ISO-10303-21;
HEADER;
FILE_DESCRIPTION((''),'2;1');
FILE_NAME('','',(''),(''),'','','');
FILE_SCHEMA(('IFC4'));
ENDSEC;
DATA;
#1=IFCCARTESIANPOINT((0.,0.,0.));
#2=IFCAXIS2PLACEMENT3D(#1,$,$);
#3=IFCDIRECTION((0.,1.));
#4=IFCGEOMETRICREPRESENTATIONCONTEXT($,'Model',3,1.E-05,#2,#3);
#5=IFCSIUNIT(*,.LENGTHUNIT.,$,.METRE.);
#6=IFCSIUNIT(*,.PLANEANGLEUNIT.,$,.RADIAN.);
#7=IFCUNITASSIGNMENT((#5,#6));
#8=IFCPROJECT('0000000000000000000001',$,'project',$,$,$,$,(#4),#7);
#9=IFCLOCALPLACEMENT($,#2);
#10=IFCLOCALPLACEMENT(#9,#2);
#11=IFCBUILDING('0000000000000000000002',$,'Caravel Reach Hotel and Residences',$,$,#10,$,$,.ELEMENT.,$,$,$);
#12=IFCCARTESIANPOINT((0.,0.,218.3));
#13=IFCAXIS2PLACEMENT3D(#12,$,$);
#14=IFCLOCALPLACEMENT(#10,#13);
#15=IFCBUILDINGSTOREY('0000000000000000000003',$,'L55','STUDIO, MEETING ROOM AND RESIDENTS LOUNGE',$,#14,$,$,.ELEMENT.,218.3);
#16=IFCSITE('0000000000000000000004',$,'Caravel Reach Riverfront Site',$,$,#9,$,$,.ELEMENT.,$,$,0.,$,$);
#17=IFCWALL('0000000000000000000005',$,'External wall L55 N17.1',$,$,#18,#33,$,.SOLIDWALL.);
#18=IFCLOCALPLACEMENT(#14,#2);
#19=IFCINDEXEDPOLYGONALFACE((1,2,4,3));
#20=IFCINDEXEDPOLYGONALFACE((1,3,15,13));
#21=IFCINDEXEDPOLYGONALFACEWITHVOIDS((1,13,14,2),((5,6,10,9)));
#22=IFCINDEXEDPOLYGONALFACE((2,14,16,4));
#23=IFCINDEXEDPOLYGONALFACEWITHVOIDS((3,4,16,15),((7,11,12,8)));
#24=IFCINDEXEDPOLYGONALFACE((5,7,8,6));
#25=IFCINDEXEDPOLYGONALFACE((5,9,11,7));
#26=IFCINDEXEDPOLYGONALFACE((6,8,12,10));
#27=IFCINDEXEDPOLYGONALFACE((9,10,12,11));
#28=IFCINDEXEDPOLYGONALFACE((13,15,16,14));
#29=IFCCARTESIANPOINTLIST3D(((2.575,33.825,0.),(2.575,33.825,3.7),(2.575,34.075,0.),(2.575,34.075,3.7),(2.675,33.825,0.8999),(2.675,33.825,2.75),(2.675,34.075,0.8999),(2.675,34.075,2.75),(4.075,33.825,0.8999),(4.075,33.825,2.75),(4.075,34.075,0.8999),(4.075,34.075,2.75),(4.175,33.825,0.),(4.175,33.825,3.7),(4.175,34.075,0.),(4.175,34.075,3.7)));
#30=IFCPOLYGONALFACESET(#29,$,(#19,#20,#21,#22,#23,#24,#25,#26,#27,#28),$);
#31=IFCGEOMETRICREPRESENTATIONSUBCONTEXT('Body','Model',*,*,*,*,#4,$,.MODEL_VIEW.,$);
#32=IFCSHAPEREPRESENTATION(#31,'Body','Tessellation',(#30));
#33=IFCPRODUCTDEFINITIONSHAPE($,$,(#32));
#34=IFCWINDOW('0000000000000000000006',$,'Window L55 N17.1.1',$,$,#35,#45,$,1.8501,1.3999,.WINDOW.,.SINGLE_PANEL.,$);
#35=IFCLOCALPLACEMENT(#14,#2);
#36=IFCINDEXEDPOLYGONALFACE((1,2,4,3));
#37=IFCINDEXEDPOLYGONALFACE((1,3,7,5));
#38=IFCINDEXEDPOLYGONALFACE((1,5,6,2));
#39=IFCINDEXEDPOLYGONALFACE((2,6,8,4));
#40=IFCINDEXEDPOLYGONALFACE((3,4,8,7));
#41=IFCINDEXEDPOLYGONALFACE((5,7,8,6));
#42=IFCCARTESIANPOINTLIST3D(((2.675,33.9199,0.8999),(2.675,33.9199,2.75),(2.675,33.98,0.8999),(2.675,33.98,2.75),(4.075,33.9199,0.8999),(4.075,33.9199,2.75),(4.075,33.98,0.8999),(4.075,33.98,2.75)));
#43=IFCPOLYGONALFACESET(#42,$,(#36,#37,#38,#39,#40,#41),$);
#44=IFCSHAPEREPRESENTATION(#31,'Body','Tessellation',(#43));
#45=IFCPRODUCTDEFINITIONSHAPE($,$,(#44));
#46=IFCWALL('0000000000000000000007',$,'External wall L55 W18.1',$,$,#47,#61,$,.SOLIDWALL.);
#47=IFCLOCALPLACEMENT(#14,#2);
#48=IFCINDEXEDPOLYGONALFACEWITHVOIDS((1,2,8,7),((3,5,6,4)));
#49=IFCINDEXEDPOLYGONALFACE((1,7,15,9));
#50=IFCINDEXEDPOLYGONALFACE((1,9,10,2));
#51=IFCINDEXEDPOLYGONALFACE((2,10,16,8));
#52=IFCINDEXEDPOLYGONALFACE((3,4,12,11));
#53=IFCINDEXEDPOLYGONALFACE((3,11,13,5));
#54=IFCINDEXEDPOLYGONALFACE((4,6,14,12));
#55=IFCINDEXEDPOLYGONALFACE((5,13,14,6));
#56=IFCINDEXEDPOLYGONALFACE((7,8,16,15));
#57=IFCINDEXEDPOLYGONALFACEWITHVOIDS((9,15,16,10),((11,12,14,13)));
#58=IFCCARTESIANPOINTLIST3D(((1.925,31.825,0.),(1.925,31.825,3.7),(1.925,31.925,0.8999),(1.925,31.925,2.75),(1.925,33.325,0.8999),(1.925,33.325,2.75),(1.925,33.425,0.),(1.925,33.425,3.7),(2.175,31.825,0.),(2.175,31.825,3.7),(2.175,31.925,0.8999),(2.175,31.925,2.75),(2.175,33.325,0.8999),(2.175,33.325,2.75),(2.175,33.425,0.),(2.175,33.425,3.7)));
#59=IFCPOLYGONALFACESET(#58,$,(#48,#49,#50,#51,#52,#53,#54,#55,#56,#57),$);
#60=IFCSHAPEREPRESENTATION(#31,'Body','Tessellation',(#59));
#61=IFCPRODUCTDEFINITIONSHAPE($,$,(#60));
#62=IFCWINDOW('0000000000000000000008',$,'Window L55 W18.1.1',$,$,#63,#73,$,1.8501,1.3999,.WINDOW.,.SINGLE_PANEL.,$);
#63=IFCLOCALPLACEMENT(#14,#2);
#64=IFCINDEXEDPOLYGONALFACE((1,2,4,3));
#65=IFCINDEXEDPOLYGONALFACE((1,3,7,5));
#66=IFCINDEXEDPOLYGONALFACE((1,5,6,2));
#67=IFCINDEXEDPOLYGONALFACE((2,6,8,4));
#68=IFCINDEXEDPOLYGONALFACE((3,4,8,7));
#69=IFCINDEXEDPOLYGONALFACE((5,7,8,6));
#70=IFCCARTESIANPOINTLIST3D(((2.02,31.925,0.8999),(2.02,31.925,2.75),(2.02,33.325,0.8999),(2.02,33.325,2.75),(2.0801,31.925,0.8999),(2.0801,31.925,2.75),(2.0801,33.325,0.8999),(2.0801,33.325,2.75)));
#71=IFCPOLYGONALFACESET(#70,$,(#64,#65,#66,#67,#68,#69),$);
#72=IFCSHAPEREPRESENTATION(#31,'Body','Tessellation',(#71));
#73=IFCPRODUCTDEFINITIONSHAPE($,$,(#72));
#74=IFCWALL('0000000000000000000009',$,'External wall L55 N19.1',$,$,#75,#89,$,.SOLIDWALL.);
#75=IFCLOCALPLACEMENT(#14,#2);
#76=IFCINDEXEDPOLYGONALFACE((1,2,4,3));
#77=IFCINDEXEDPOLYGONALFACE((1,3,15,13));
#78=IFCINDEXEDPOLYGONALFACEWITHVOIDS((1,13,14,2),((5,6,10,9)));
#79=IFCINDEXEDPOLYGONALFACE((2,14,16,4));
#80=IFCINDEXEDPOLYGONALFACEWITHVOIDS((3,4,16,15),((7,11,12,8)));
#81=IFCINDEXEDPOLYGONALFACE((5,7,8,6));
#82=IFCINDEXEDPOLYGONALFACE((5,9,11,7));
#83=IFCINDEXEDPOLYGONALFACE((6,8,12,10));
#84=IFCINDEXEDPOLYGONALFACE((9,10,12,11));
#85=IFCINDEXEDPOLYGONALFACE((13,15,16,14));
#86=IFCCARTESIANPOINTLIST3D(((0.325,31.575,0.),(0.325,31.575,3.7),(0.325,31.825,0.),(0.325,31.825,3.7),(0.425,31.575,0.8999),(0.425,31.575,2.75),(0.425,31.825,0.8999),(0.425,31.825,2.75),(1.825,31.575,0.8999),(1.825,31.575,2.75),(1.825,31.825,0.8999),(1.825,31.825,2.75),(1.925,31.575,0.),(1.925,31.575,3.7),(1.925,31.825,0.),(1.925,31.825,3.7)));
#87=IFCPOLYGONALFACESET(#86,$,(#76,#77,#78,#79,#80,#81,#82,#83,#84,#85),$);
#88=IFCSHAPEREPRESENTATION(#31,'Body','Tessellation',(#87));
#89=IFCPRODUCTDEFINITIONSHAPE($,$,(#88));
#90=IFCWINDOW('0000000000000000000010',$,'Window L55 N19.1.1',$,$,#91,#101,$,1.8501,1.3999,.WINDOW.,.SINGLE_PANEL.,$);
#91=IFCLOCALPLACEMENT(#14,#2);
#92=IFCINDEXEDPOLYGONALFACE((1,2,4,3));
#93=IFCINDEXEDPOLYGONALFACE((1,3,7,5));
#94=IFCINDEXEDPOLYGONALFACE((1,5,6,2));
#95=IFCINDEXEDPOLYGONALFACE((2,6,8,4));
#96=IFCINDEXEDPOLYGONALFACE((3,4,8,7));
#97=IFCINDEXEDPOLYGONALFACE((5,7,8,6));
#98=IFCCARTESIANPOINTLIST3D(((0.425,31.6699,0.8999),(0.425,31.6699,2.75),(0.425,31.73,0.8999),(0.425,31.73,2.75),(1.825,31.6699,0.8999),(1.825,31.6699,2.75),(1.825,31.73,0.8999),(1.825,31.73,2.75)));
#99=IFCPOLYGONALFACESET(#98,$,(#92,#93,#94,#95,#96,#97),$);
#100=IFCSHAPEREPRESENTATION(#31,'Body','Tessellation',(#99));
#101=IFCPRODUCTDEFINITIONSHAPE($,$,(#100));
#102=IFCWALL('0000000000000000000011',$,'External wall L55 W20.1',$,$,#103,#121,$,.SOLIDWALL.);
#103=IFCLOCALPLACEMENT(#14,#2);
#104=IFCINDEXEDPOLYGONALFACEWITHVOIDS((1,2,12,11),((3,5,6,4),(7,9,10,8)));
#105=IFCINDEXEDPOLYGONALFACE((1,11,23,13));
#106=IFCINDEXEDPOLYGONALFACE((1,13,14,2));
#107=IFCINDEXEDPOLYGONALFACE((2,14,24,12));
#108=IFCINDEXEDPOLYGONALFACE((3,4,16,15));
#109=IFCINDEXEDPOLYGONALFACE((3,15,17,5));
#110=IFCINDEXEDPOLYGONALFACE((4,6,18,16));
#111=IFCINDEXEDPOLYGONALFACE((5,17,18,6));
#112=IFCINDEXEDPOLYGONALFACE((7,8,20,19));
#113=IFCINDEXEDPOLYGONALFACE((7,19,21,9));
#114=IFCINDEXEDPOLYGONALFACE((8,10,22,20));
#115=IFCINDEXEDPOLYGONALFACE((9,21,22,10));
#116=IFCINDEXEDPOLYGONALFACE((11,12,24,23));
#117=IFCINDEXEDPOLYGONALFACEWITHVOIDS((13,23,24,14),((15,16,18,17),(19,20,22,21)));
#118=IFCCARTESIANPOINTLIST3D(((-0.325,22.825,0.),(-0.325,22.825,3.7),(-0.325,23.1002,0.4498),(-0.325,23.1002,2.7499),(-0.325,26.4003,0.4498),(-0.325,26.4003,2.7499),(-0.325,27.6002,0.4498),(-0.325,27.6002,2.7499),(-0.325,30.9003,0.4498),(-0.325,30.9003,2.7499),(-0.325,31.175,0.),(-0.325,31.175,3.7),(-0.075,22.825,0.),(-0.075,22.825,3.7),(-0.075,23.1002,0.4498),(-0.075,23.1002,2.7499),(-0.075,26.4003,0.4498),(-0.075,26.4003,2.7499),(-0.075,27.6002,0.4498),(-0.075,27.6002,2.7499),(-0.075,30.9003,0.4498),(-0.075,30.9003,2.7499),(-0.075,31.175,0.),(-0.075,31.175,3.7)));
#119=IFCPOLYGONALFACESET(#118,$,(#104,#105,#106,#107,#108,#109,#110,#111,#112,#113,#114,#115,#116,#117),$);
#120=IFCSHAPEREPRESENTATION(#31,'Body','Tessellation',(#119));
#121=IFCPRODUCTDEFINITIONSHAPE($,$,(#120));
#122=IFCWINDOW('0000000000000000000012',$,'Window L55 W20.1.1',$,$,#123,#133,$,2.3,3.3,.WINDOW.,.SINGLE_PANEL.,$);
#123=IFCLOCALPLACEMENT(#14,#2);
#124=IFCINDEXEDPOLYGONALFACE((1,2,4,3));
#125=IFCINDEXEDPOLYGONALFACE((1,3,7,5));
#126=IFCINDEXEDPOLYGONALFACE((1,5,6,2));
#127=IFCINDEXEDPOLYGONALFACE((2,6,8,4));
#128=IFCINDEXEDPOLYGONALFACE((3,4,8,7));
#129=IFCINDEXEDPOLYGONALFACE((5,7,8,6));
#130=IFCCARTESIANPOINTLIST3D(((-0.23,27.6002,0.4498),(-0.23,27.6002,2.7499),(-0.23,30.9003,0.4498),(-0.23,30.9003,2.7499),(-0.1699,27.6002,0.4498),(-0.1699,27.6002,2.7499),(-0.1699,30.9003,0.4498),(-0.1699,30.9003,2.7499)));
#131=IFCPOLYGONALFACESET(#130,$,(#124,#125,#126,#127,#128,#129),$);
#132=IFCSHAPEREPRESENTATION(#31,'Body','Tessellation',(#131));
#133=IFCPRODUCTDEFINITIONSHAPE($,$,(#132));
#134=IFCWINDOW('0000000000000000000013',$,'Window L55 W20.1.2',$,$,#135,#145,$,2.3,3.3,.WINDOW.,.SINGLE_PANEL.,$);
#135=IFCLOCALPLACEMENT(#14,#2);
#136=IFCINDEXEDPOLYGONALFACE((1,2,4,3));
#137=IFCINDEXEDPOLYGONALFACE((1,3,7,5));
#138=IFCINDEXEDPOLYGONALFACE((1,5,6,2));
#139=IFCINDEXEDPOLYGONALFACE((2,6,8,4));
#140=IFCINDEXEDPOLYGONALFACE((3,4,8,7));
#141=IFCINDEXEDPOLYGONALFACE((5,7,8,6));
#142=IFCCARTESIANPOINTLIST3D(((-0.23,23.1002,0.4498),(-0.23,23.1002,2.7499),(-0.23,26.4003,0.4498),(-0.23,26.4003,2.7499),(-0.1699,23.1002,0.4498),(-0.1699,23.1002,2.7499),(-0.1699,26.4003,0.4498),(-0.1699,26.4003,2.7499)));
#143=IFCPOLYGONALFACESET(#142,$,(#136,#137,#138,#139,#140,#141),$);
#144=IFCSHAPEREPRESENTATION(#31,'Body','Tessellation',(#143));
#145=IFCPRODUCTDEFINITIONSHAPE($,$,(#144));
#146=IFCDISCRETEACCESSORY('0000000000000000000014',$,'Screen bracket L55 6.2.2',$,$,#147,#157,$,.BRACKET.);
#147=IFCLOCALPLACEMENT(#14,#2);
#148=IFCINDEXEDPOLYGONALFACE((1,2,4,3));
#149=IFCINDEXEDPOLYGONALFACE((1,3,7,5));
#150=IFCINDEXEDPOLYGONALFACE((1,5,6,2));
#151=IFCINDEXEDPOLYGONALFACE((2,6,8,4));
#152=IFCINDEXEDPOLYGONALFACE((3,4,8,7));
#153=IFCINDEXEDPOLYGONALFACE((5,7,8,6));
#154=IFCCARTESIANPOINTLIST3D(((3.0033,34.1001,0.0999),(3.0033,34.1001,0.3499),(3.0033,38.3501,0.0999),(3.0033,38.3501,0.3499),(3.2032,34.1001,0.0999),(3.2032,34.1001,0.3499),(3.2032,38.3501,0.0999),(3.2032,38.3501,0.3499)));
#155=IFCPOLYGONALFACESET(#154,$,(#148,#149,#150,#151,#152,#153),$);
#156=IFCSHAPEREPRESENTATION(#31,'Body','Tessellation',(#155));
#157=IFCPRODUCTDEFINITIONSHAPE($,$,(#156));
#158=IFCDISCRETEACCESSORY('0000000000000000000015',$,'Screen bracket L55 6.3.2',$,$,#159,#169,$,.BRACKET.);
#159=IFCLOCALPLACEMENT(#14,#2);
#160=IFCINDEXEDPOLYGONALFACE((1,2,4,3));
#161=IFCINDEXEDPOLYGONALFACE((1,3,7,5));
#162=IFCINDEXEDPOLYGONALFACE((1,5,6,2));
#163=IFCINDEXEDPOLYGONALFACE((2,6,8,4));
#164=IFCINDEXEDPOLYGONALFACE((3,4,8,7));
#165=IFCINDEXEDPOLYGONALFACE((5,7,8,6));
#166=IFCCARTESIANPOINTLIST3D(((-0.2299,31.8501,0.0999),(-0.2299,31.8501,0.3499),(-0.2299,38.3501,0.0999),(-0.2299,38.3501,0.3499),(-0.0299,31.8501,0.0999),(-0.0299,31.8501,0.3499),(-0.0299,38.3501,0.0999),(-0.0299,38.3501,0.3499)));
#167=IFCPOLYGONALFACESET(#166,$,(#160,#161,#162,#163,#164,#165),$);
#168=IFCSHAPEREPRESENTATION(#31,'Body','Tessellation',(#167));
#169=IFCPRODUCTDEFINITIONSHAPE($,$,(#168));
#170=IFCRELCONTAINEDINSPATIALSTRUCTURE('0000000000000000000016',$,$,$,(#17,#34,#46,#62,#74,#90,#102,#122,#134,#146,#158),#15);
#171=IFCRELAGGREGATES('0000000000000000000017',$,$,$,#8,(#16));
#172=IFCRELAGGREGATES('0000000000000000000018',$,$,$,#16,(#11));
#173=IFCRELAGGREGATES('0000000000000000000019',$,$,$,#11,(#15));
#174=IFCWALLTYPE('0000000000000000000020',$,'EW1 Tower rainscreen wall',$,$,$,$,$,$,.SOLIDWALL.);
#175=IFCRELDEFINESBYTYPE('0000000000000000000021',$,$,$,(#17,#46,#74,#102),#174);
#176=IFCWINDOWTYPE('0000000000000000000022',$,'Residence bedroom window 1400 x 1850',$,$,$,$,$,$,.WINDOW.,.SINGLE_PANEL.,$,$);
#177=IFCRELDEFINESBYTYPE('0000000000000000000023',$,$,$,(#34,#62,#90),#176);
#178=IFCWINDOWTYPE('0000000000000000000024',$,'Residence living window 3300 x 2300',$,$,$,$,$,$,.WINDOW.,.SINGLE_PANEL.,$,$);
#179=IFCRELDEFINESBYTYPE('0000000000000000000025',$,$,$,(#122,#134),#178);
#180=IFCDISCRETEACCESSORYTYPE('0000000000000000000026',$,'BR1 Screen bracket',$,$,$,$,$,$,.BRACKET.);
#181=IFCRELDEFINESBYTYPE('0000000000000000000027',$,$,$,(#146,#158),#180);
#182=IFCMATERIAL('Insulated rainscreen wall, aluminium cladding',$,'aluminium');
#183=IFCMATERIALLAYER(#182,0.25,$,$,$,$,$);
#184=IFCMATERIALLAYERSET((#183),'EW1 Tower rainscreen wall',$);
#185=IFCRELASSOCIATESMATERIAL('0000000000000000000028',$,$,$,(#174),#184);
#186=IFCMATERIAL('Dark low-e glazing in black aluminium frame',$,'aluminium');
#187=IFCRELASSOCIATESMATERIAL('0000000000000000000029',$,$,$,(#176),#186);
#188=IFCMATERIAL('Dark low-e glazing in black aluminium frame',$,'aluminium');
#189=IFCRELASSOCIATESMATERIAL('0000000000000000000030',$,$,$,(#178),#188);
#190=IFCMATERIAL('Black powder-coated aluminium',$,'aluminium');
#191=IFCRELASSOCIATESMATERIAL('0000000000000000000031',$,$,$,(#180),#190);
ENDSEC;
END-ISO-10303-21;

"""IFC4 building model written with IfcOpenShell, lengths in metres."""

from ifc_helpers import new_model, si_unit, direction, frame, frame_2d, origin, origin_2d, place, context, subcontext, project, spatial, rectangle, extrude, material, layer, layer_set, type_object, element, fill, save


model = new_model("IFC4")

# Units and contexts
model_context = context("Model", 3, precision=1e-05, world=origin(), true_north=direction((0.0, 1.0)))
body_context = subcontext(model_context, "Body", "Model", "MODEL_VIEW")
ifc_project = project(units=[si_unit("LENGTHUNIT", "METRE"), si_unit("PLANEANGLEUNIT", "RADIAN")], contexts=[model_context])

# Site, building, storey
site_placement = place(None, origin())
site = spatial("IfcSite", under=ifc_project, at=site_placement, Name="Caravel Reach Riverfront Site", CompositionType="ELEMENT", RefElevation=0.0)
building_placement = place(site_placement, origin())
building = spatial("IfcBuilding", under=site, at=building_placement, Name="Caravel Reach Hotel and Residences", CompositionType="ELEMENT")
storey_placement = place(building_placement, frame((0.0, 0.0, 218.3)))
storey = spatial("IfcBuildingStorey", under=building, at=storey_placement, Name="L55", Description="STUDIO, MEETING ROOM AND RESIDENTS LOUNGE", CompositionType="ELEMENT", Elevation=218.3)

# Walls, openings, windows
ifc_material_1 = material(Name="Insulated rainscreen wall, aluminium cladding", Category="aluminium")
ifc_layer_1 = layer(ifc_material_1, 0.25)
ifc_layer_set_1 = layer_set([ifc_layer_1], Name="EW1 Tower rainscreen wall")
wall_type_1 = type_object("IfcWallType", Name="EW1 Tower rainscreen wall", PredefinedType="SOLIDWALL", material=ifc_layer_set_1)
ifc_material_2 = material(Name="Dark low-e glazing in black aluminium frame", Category="aluminium")
window_type_1 = type_object("IfcWindowType", Name="Residence bedroom window 1400 x 1850", PartitioningType="SINGLE_PANEL", PredefinedType="WINDOW", material=ifc_material_2)
wall_1_placement = place(storey_placement, frame((4.175, 33.95, 0.0), z_axis=(0.0, 0.0, 1.0), x_axis=(-1.0, 0.0, 0.0)))
wall_1 = element("IfcWall", 1, at=wall_1_placement, inside=storey, type_object=wall_type_1, Name="External wall L55 N17.1", PredefinedType="SOLIDWALL", context=body_context, shape_type="SweptSolid", body=[
    extrude(rectangle(XDim=1.6001, YDim=0.25, at=frame_2d((0.8, 0.0))), origin(), (0.0, 0.0, 1.0), 3.7),
])
opening_1_placement = place(wall_1_placement, frame((0.1001, 0.0, 0.8999)))
opening_1 = element("IfcOpeningElement", 2, at=opening_1_placement, cuts=wall_1, PredefinedType="OPENING", context=body_context, shape_type="SweptSolid", body=[
    extrude(rectangle(XDim=1.3999, YDim=1.8501, at=frame_2d((0.7, 0.925))), frame((0.0, 0.135, 0.0), z_axis=(0.0, -1.0, 0.0), x_axis=(1.0, 0.0, 0.0)), (0.0, 0.0, 1.0), 0.27),
])
window_1_placement = place(opening_1_placement, origin())
window_1 = element("IfcWindow", 3, at=window_1_placement, inside=storey, type_object=window_type_1, Name="Window L55 N17.1.1", OverallHeight=1.8501, OverallWidth=1.3999, PartitioningType="SINGLE_PANEL", PredefinedType="WINDOW", context=body_context, shape_type="SweptSolid", body=[
    extrude(rectangle(XDim=1.3999, YDim=1.8501, at=frame_2d((0.7, 0.925))), frame((0.0, 0.03, 0.0), z_axis=(0.0, -1.0, 0.0), x_axis=(1.0, 0.0, 0.0)), (0.0, 0.0, 1.0), 0.0601),
])
fill(opening_1, window_1)
wall_2_placement = place(storey_placement, frame((2.05, 33.425, 0.0), z_axis=(0.0, 0.0, 1.0), x_axis=(0.0, -1.0, 0.0)))
wall_2 = element("IfcWall", 4, at=wall_2_placement, inside=storey, type_object=wall_type_1, Name="External wall L55 W18.1", PredefinedType="SOLIDWALL", context=body_context, shape_type="SweptSolid", body=[
    extrude(rectangle(XDim=1.6001, YDim=0.25, at=frame_2d((0.8, 0.0))), origin(), (0.0, 0.0, 1.0), 3.7),
])
opening_2_placement = place(wall_2_placement, frame((0.1001, 0.0, 0.8999)))
opening_2 = element("IfcOpeningElement", 5, at=opening_2_placement, cuts=wall_2, PredefinedType="OPENING", context=body_context, shape_type="SweptSolid", body=[
    extrude(rectangle(XDim=1.3999, YDim=1.8501, at=frame_2d((0.7, 0.925))), frame((0.0, 0.135, 0.0), z_axis=(0.0, -1.0, 0.0), x_axis=(1.0, 0.0, 0.0)), (0.0, 0.0, 1.0), 0.27),
])
window_2_placement = place(opening_2_placement, origin())
window_2 = element("IfcWindow", 6, at=window_2_placement, inside=storey, type_object=window_type_1, Name="Window L55 W18.1.1", OverallHeight=1.8501, OverallWidth=1.3999, PartitioningType="SINGLE_PANEL", PredefinedType="WINDOW", context=body_context, shape_type="SweptSolid", body=[
    extrude(rectangle(XDim=1.3999, YDim=1.8501, at=frame_2d((0.7, 0.925))), frame((0.0, 0.03, 0.0), z_axis=(0.0, -1.0, 0.0), x_axis=(1.0, 0.0, 0.0)), (0.0, 0.0, 1.0), 0.0601),
])
fill(opening_2, window_2)
wall_3_placement = place(storey_placement, frame((1.925, 31.7, 0.0), z_axis=(0.0, 0.0, 1.0), x_axis=(-1.0, 0.0, 0.0)))
wall_3 = element("IfcWall", 7, at=wall_3_placement, inside=storey, type_object=wall_type_1, Name="External wall L55 N19.1", PredefinedType="SOLIDWALL", context=body_context, shape_type="SweptSolid", body=[
    extrude(rectangle(XDim=1.6001, YDim=0.25, at=frame_2d((0.8, 0.0))), origin(), (0.0, 0.0, 1.0), 3.7),
])
opening_3_placement = place(wall_3_placement, frame((0.1001, 0.0, 0.8999)))
opening_3 = element("IfcOpeningElement", 8, at=opening_3_placement, cuts=wall_3, PredefinedType="OPENING", context=body_context, shape_type="SweptSolid", body=[
    extrude(rectangle(XDim=1.3999, YDim=1.8501, at=frame_2d((0.7, 0.925))), frame((0.0, 0.135, 0.0), z_axis=(0.0, -1.0, 0.0), x_axis=(1.0, 0.0, 0.0)), (0.0, 0.0, 1.0), 0.27),
])
window_3_placement = place(opening_3_placement, origin())
window_3 = element("IfcWindow", 9, at=window_3_placement, inside=storey, type_object=window_type_1, Name="Window L55 N19.1.1", OverallHeight=1.8501, OverallWidth=1.3999, PartitioningType="SINGLE_PANEL", PredefinedType="WINDOW", context=body_context, shape_type="SweptSolid", body=[
    extrude(rectangle(XDim=1.3999, YDim=1.8501, at=frame_2d((0.7, 0.925))), frame((0.0, 0.03, 0.0), z_axis=(0.0, -1.0, 0.0), x_axis=(1.0, 0.0, 0.0)), (0.0, 0.0, 1.0), 0.0601),
])
fill(opening_3, window_3)

# Wall, openings, windows
wall_4_placement = place(storey_placement, frame((-0.2, 31.175, 0.0), z_axis=(0.0, 0.0, 1.0), x_axis=(0.0, -1.0, 0.0)))
wall_4 = element("IfcWall", 10, at=wall_4_placement, inside=storey, type_object=wall_type_1, Name="External wall L55 W20.1", PredefinedType="SOLIDWALL", context=body_context, shape_type="SweptSolid", body=[
    extrude(rectangle(XDim=8.3501, YDim=0.25, at=frame_2d((4.175, 0.0))), origin(), (0.0, 0.0, 1.0), 3.7),
])
opening_4_placement = place(wall_4_placement, frame((0.2749, 0.0, 0.45)))
opening_4 = element("IfcOpeningElement", 11, at=opening_4_placement, cuts=wall_4, PredefinedType="OPENING", context=body_context, shape_type="SweptSolid", body=[
    extrude(rectangle(XDim=3.3, YDim=2.3, at=frame_2d((1.6499, 1.1499))), frame((0.0, 0.135, 0.0), z_axis=(0.0, -1.0, 0.0), x_axis=(1.0, 0.0, 0.0)), (0.0, 0.0, 1.0), 0.27),
])
opening_5_placement = place(wall_4_placement, frame((4.7749, 0.0, 0.45)))
opening_5 = element("IfcOpeningElement", 12, at=opening_5_placement, cuts=wall_4, PredefinedType="OPENING", context=body_context, shape_type="SweptSolid", body=[
    extrude(rectangle(XDim=3.3, YDim=2.3, at=frame_2d((1.6499, 1.1499))), frame((0.0, 0.135, 0.0), z_axis=(0.0, -1.0, 0.0), x_axis=(1.0, 0.0, 0.0)), (0.0, 0.0, 1.0), 0.27),
])
ifc_material_3 = material(Name="Dark low-e glazing in black aluminium frame", Category="aluminium")
window_type_2 = type_object("IfcWindowType", Name="Residence living window 3300 x 2300", PartitioningType="SINGLE_PANEL", PredefinedType="WINDOW", material=ifc_material_3)
window_4_placement = place(opening_4_placement, origin())
window_4 = element("IfcWindow", 13, at=window_4_placement, inside=storey, type_object=window_type_2, Name="Window L55 W20.1.1", OverallHeight=2.3, OverallWidth=3.3, PartitioningType="SINGLE_PANEL", PredefinedType="WINDOW", context=body_context, shape_type="SweptSolid", body=[
    extrude(rectangle(XDim=3.3, YDim=2.3, at=frame_2d((1.6499, 1.1499))), frame((0.0, 0.03, 0.0), z_axis=(0.0, -1.0, 0.0), x_axis=(1.0, 0.0, 0.0)), (0.0, 0.0, 1.0), 0.0601),
])
fill(opening_4, window_4)
window_5_placement = place(opening_5_placement, origin())
window_5 = element("IfcWindow", 14, at=window_5_placement, inside=storey, type_object=window_type_2, Name="Window L55 W20.1.2", OverallHeight=2.3, OverallWidth=3.3, PartitioningType="SINGLE_PANEL", PredefinedType="WINDOW", context=body_context, shape_type="SweptSolid", body=[
    extrude(rectangle(XDim=3.3, YDim=2.3, at=frame_2d((1.6499, 1.1499))), frame((0.0, 0.03, 0.0), z_axis=(0.0, -1.0, 0.0), x_axis=(1.0, 0.0, 0.0)), (0.0, 0.0, 1.0), 0.0601),
])
fill(opening_5, window_5)

# Discrete accessories
ifc_material_4 = material(Name="Black powder-coated aluminium", Category="aluminium")
discrete_accessory_type = type_object("IfcDiscreteAccessoryType", Name="BR1 Screen bracket", PredefinedType="BRACKET", material=ifc_material_4)
discrete_accessory_1_placement = place(storey_placement, frame((3.1033, 36.2251, 0.0999), z_axis=(0.0, 0.0, 1.0), x_axis=(0.0, 1.0, 0.0)))
element("IfcDiscreteAccessory", 15, at=discrete_accessory_1_placement, inside=storey, type_object=discrete_accessory_type, Name="Screen bracket L55 6.2.2", PredefinedType="BRACKET", context=body_context, shape_type="SweptSolid", body=[
    extrude(rectangle(XDim=4.25, YDim=0.2, at=origin_2d()), origin(), (0.0, 0.0, 1.0), 0.25),
])
for number, where, z_axis, x_axis, name in (
    (16, (-0.1299, 35.1001, 0.0999), (0.0, 0.0, 1.0), (0.0, 1.0, 0.0), "Screen bracket L55 6.3.2"),
):
    element("IfcDiscreteAccessory", number, at=place(storey_placement, frame(where, z_axis=z_axis, x_axis=x_axis)), inside=storey, type_object=discrete_accessory_type, Name=name, PredefinedType="BRACKET", context=body_context, shape_type="SweptSolid", body=[
        extrude(rectangle(XDim=6.5, YDim=0.2, at=origin_2d()), origin(), (0.0, 0.0, 1.0), 0.25),
    ])

save(model, "model.ifc")
